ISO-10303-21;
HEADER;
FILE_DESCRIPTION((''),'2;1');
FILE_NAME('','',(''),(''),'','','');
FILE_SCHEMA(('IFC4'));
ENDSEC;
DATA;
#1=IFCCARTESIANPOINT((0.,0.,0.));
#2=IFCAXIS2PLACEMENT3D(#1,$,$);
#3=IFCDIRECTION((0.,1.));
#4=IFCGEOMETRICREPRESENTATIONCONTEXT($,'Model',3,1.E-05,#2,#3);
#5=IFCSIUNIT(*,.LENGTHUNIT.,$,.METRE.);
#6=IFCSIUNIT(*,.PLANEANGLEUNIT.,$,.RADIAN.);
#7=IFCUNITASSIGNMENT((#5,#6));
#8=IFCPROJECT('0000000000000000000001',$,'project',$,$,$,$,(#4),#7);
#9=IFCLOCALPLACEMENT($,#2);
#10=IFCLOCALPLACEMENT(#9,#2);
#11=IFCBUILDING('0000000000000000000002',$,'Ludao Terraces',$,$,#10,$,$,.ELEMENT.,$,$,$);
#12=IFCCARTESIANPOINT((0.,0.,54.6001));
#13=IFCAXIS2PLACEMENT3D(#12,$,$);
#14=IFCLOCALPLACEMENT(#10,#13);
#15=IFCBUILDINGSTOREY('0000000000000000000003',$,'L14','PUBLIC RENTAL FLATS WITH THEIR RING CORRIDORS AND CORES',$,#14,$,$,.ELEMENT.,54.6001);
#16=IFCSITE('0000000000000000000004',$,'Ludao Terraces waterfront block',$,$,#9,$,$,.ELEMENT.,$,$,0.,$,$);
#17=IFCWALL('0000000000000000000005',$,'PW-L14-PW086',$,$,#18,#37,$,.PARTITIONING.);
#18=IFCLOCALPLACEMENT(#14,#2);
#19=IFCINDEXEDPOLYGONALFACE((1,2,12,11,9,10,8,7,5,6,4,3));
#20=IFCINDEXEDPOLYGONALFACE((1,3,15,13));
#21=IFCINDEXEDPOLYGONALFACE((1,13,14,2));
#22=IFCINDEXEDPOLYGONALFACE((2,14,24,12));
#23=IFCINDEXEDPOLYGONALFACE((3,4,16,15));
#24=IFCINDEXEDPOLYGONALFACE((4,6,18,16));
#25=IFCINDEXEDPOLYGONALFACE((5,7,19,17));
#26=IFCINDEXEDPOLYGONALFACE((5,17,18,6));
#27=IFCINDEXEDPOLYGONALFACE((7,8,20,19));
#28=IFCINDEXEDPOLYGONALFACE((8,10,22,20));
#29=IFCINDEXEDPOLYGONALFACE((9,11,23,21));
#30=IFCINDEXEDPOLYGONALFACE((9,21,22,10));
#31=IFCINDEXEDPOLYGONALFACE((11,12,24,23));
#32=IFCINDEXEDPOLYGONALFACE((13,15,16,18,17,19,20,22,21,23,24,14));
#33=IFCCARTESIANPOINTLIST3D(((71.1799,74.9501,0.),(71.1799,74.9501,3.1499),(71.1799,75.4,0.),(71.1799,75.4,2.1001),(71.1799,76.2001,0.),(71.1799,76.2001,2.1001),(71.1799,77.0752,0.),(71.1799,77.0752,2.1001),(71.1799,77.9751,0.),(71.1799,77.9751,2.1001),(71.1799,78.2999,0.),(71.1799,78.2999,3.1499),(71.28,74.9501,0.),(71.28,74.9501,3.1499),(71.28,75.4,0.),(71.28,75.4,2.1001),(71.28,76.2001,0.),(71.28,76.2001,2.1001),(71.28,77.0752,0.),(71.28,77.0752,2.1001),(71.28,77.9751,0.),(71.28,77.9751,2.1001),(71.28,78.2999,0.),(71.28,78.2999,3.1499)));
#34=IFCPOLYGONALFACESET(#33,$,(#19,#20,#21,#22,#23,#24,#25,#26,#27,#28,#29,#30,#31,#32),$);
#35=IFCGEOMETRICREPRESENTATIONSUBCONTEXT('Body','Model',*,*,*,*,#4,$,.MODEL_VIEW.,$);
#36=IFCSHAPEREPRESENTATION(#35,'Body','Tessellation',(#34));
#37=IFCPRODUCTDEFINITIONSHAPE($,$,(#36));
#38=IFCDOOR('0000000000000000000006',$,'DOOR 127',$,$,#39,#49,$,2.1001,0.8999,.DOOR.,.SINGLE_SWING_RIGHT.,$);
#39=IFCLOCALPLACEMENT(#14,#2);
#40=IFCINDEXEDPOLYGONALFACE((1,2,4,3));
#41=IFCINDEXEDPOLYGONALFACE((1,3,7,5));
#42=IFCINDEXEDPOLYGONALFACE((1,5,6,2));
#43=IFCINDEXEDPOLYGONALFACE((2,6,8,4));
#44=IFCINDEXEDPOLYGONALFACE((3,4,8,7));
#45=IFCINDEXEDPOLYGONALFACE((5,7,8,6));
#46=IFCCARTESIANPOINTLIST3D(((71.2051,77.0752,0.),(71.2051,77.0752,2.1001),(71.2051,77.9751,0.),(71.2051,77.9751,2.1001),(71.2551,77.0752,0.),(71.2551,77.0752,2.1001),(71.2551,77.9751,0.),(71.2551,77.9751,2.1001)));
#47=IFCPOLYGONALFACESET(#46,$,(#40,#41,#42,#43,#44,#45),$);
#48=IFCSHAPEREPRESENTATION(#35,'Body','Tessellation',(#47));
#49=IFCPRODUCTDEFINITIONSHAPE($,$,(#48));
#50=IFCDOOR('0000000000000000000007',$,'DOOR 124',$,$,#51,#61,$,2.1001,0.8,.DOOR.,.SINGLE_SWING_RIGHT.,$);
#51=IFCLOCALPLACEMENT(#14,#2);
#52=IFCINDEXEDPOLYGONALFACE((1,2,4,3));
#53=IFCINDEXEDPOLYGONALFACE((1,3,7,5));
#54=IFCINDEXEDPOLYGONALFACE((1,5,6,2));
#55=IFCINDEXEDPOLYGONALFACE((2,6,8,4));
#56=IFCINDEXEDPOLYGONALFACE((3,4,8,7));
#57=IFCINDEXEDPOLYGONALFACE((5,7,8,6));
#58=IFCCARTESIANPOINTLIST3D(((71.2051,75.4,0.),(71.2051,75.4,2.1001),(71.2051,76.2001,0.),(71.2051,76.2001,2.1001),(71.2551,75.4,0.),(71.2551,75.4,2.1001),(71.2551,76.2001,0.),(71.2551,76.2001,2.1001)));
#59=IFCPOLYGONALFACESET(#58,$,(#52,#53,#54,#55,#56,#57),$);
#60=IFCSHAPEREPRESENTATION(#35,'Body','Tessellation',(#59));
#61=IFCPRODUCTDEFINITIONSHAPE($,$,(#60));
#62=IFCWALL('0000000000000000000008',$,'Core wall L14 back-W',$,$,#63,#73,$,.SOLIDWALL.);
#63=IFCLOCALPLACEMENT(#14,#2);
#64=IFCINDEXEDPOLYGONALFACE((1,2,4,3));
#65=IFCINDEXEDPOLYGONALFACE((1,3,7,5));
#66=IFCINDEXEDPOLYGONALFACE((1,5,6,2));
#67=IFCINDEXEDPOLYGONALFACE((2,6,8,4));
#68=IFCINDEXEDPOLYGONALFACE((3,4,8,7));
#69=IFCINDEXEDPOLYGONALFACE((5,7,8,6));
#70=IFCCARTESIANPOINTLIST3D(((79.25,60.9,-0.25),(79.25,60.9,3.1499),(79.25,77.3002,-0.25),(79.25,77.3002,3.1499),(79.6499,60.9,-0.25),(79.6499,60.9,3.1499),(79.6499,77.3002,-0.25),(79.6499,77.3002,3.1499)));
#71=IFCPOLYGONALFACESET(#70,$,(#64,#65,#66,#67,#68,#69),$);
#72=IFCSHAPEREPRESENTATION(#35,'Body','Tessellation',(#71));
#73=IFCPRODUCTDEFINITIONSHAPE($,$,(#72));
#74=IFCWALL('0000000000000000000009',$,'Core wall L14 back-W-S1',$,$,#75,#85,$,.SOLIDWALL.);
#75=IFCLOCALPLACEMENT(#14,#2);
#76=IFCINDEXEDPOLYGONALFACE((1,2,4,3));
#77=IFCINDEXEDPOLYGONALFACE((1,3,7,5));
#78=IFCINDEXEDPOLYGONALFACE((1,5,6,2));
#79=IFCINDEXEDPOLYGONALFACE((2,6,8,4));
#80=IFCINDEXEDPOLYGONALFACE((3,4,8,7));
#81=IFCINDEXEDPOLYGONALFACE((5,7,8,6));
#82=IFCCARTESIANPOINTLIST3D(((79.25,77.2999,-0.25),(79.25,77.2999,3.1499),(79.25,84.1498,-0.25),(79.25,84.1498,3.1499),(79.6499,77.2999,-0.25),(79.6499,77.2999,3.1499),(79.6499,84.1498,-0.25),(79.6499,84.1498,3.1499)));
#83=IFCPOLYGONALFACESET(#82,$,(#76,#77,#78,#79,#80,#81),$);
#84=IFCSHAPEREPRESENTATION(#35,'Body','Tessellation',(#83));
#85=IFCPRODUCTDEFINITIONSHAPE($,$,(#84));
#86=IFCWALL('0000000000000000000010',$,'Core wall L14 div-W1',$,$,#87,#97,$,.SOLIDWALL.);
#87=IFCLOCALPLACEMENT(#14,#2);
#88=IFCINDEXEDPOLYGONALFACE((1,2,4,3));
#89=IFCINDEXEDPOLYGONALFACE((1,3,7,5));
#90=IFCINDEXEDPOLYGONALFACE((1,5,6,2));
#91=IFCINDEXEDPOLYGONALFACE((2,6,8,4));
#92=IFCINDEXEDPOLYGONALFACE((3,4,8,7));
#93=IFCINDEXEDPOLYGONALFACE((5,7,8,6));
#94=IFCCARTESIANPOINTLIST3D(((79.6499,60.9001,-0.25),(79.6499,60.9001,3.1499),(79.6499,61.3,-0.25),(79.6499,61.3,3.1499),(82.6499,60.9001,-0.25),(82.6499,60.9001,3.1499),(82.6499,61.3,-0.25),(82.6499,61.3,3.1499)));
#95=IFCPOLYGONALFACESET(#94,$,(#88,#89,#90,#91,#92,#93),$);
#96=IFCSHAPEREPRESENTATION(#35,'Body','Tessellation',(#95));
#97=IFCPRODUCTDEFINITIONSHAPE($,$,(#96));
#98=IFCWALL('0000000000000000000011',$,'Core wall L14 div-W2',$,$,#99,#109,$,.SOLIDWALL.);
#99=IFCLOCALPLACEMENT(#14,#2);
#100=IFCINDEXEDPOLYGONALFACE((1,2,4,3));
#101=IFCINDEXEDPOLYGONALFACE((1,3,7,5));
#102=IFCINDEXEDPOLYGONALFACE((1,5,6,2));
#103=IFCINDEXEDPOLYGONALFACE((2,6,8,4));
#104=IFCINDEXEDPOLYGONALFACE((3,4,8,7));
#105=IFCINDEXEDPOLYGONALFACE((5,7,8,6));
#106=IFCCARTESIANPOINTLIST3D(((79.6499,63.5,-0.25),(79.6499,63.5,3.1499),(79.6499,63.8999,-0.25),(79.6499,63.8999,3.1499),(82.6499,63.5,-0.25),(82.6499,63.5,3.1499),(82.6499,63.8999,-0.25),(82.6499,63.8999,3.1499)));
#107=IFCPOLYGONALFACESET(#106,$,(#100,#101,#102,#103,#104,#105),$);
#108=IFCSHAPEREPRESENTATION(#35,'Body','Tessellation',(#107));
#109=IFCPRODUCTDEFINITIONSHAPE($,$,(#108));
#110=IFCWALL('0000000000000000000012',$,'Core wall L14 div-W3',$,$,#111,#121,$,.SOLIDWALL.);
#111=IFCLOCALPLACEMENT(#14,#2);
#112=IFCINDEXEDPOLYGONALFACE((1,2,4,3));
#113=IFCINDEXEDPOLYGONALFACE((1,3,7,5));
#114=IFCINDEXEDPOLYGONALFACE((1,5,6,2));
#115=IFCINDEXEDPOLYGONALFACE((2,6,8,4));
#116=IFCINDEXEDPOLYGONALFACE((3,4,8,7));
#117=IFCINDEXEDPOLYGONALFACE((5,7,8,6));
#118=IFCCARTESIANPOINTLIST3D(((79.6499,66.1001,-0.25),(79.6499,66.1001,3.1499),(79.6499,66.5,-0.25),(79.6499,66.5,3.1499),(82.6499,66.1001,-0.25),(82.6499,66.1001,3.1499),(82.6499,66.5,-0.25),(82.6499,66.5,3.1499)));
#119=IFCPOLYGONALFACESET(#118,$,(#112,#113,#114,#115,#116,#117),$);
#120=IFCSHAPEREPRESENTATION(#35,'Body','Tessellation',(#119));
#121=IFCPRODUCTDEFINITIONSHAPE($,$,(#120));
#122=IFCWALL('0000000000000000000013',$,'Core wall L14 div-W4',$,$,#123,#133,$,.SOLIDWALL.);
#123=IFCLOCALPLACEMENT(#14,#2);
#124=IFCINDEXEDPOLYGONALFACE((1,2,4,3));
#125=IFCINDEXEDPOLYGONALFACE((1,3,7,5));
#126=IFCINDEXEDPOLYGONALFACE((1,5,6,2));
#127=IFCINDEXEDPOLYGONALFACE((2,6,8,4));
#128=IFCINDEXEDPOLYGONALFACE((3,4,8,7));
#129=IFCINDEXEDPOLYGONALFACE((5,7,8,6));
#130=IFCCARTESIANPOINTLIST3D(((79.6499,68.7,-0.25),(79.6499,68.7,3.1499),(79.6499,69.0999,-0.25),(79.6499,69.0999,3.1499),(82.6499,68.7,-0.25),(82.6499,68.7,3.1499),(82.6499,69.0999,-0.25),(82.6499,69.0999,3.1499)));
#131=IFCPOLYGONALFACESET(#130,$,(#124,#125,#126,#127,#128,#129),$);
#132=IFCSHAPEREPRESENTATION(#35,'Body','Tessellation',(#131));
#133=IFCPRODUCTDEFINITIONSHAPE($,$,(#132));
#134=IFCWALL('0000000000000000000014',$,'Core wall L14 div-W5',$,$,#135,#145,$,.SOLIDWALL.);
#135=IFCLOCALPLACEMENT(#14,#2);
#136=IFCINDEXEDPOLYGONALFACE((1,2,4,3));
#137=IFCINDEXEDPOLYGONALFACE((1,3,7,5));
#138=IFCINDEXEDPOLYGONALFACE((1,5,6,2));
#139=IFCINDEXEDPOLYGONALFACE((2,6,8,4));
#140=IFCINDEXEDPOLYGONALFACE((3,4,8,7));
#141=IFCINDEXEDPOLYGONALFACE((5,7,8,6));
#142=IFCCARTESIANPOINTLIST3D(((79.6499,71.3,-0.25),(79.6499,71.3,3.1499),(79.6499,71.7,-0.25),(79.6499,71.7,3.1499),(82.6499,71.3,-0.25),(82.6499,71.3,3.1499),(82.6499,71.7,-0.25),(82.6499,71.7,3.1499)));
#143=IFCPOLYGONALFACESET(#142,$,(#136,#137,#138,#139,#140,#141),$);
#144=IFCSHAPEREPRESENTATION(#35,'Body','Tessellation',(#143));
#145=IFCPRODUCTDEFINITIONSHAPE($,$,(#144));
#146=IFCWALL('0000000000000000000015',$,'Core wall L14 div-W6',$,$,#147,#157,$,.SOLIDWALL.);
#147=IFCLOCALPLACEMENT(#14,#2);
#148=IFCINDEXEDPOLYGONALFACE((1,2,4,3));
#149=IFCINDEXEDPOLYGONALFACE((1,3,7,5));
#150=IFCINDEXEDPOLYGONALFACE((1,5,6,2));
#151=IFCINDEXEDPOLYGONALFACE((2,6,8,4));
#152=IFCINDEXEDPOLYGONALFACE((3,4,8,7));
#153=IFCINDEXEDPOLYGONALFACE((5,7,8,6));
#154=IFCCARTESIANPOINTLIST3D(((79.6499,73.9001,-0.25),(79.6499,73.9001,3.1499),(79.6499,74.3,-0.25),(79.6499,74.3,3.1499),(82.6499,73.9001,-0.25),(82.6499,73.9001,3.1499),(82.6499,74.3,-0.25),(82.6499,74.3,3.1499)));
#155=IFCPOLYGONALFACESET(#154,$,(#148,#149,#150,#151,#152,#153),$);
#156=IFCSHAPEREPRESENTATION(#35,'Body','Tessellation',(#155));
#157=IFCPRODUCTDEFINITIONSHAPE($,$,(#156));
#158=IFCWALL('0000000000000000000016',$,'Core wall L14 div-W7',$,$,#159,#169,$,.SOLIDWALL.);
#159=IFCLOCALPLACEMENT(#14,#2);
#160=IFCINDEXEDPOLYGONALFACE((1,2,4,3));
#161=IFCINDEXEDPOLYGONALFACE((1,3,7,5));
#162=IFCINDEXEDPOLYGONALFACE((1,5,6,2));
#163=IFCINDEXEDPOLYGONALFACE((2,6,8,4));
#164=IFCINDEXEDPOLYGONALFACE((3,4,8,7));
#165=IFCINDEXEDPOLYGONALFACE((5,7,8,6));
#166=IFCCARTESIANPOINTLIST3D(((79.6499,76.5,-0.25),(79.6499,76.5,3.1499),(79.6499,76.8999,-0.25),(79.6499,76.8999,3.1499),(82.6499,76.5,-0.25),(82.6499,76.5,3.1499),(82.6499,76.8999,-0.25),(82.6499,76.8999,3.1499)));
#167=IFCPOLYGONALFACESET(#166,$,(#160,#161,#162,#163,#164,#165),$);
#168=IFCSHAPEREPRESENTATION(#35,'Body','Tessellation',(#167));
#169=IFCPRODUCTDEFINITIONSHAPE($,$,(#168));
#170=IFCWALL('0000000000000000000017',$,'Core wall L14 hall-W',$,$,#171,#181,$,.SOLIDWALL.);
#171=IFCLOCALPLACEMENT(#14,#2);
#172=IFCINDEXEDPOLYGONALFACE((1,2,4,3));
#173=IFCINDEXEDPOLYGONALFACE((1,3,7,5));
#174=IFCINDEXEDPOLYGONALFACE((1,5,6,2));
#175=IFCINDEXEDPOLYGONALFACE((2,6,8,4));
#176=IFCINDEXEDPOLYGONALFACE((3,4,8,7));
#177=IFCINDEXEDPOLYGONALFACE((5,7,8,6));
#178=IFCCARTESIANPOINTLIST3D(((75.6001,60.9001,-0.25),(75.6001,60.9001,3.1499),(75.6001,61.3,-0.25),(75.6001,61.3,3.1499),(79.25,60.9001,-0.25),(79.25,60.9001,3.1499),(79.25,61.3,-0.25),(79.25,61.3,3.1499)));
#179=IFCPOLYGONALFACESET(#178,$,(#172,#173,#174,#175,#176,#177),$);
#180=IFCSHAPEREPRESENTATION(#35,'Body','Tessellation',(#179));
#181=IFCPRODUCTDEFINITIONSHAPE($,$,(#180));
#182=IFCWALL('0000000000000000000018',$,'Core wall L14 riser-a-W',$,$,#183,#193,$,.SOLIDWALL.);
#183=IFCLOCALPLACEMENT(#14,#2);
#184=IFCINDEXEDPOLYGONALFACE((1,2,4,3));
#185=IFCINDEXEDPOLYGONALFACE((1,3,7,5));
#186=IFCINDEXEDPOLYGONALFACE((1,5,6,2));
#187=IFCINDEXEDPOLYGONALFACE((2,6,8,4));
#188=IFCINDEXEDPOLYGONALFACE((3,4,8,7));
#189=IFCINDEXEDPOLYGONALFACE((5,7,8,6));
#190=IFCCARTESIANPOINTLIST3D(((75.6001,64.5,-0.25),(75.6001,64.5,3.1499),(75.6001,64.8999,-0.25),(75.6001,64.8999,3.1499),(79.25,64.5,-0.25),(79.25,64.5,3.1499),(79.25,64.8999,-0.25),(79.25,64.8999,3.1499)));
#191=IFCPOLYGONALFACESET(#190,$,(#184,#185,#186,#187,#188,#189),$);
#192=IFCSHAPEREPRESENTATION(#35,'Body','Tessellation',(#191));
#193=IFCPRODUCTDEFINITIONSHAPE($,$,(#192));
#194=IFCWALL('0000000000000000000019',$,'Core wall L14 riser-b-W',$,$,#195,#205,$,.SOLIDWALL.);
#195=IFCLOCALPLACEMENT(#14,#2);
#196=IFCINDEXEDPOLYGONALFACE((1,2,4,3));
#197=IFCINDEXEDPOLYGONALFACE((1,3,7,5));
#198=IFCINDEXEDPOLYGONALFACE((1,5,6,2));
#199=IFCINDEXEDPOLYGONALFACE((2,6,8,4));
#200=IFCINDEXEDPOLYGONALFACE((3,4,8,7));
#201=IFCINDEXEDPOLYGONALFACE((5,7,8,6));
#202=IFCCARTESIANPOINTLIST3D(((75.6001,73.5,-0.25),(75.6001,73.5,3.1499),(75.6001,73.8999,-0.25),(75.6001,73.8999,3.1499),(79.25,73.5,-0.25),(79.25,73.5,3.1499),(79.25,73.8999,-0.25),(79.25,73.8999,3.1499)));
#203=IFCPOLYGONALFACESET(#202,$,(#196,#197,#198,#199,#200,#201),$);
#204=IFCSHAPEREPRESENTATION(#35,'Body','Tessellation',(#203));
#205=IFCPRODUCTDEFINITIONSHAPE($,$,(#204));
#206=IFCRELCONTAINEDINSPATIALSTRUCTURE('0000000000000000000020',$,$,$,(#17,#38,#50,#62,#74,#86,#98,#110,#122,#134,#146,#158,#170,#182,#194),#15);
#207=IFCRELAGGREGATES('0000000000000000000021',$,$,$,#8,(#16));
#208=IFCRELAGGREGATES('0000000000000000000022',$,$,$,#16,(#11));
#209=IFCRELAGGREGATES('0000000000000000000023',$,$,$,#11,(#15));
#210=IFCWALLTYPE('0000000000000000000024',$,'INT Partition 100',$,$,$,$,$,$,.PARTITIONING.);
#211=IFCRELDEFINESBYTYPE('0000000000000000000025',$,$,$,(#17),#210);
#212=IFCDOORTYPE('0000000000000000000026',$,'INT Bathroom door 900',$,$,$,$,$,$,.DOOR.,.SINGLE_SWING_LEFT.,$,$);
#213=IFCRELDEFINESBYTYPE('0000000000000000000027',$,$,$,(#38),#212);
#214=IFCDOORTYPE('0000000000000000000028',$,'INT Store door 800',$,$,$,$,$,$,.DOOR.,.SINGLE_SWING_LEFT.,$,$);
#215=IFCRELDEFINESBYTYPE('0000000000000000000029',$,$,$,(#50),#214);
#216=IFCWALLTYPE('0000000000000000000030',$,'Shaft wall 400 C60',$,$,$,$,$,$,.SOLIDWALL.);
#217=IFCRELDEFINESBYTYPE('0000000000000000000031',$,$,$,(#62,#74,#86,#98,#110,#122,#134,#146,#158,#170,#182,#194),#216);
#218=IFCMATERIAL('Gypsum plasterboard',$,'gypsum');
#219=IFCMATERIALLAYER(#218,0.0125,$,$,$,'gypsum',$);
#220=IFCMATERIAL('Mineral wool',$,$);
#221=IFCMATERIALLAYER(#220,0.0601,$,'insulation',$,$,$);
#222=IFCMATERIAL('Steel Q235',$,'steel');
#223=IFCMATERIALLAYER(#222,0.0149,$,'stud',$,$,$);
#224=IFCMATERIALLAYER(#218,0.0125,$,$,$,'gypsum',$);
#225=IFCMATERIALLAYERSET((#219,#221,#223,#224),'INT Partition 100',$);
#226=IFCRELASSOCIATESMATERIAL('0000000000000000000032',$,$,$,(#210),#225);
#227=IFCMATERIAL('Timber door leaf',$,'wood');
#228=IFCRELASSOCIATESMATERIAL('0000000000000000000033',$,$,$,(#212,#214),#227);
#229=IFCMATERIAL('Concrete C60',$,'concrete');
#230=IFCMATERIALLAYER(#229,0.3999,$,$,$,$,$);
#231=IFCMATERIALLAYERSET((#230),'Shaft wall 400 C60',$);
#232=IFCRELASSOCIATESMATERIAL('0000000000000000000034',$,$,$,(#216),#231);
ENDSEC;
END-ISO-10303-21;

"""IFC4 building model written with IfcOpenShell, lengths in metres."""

from ifc_helpers import new_model, si_unit, direction, frame, frame_2d, origin, place, context, subcontext, project, spatial, rectangle, extrude, material, layer, layer_set, type_object, element, fill, save


model = new_model("IFC4")

# Units and contexts
model_context = context("Model", 3, precision=1e-05, world=origin(), true_north=direction((0.0, 1.0)))
body_context = subcontext(model_context, "Body", "Model", "MODEL_VIEW")
ifc_project = project(units=[si_unit("LENGTHUNIT", "METRE"), si_unit("PLANEANGLEUNIT", "RADIAN")], contexts=[model_context])

# Site, building, storey
site_placement = place(None, origin())
site = spatial("IfcSite", under=ifc_project, at=site_placement, Name="Ludao Terraces waterfront block", CompositionType="ELEMENT", RefElevation=0.0)
building_placement = place(site_placement, origin())
building = spatial("IfcBuilding", under=site, at=building_placement, Name="Ludao Terraces", CompositionType="ELEMENT")
storey_placement = place(building_placement, frame((0.0, 0.0, 54.6001)))
storey = spatial("IfcBuildingStorey", under=building, at=storey_placement, Name="L14", Description="PUBLIC RENTAL FLATS WITH THEIR RING CORRIDORS AND CORES", CompositionType="ELEMENT", Elevation=54.6001)

# Shared definitions
ifc_material_1 = material(Name="Concrete C60", Category="concrete")

# Shared definitions
ifc_material_2 = material(Name="Steel Q235", Category="steel")

# Shared definitions
ifc_material_3 = material(Name="Mineral wool")
ifc_material_4 = material(Name="Gypsum plasterboard", Category="gypsum")
ifc_layer_1 = layer(ifc_material_4, 0.0125, Category="gypsum")
ifc_layer_2 = layer(ifc_material_3, 0.0601, Name="insulation")
ifc_layer_3 = layer(ifc_material_2, 0.0149, Name="stud")
ifc_layer_4 = layer(ifc_material_4, 0.0125, Category="gypsum")
ifc_layer_set_1 = layer_set([ifc_layer_1, ifc_layer_2, ifc_layer_3, ifc_layer_4], Name="INT Partition 100")
wall_type_1 = type_object("IfcWallType", Name="INT Partition 100", PredefinedType="PARTITIONING", material=ifc_layer_set_1)

# Wall, openings, doors
wall_1_placement = place(storey_placement, frame((71.23, 74.9502, 0.0), z_axis=(0.0, 0.0, 1.0), x_axis=(0.0, 1.0, 0.0)))
wall_1 = element("IfcWall", 1, at=wall_1_placement, inside=storey, type_object=wall_type_1, Name="PW-L14-PW086", PredefinedType="PARTITIONING", context=body_context, shape_type="SweptSolid", body=[
    extrude(rectangle(XDim=3.3499, YDim=0.1001, at=frame_2d((1.6748, 0.0))), origin(), (0.0, 0.0, 1.0), 3.1499),
])
opening_1_placement = place(wall_1_placement, frame((0.45, 0.0, 0.0)))
opening_1 = element("IfcOpeningElement", 2, at=opening_1_placement, cuts=wall_1, PredefinedType="OPENING", context=body_context, shape_type="SweptSolid", body=[
    extrude(rectangle(XDim=0.8, YDim=2.1001, at=frame_2d((0.3999, 1.05))), frame((0.0, 0.0601, 0.0), z_axis=(0.0, -1.0, 0.0), x_axis=(1.0, 0.0, 0.0)), (0.0, 0.0, 1.0), 0.1201),
])
opening_2_placement = place(wall_1_placement, frame((2.125, 0.0, 0.0)))
opening_2 = element("IfcOpeningElement", 3, at=opening_2_placement, cuts=wall_1, PredefinedType="OPENING", context=body_context, shape_type="SweptSolid", body=[
    extrude(rectangle(XDim=0.8999, YDim=2.1001, at=frame_2d((0.45, 1.05))), frame((0.0, 0.0601, 0.0), z_axis=(0.0, -1.0, 0.0), x_axis=(1.0, 0.0, 0.0)), (0.0, 0.0, 1.0), 0.1201),
])
ifc_material_5 = material(Name="Timber door leaf", Category="wood")
door_type_1 = type_object("IfcDoorType", Name="INT Bathroom door 900", OperationType="SINGLE_SWING_LEFT", PredefinedType="DOOR", material=ifc_material_5)
door_1_placement = place(opening_2_placement, origin())
door_1 = element("IfcDoor", 4, at=door_1_placement, inside=storey, type_object=door_type_1, Name="DOOR 127", OperationType="SINGLE_SWING_RIGHT", OverallHeight=2.1001, OverallWidth=0.8999, PredefinedType="DOOR", context=body_context, shape_type="SweptSolid", body=[
    extrude(rectangle(XDim=0.8999, YDim=2.1001, at=frame_2d((0.45, 1.05))), frame((0.0, 0.0249, 0.0), z_axis=(0.0, -1.0, 0.0), x_axis=(1.0, 0.0, 0.0)), (0.0, 0.0, 1.0), 0.05),
])
fill(opening_2, door_1)
door_type_2 = type_object("IfcDoorType", Name="INT Store door 800", OperationType="SINGLE_SWING_LEFT", PredefinedType="DOOR", material=ifc_material_5)
door_2_placement = place(opening_1_placement, origin())
door_2 = element("IfcDoor", 5, at=door_2_placement, inside=storey, type_object=door_type_2, Name="DOOR 124", OperationType="SINGLE_SWING_RIGHT", OverallHeight=2.1001, OverallWidth=0.8, PredefinedType="DOOR", context=body_context, shape_type="SweptSolid", body=[
    extrude(rectangle(XDim=0.8, YDim=2.1001, at=frame_2d((0.3999, 1.05))), frame((0.0, 0.0249, 0.0), z_axis=(0.0, -1.0, 0.0), x_axis=(1.0, 0.0, 0.0)), (0.0, 0.0, 1.0), 0.05),
])
fill(opening_1, door_2)

# Walls
ifc_layer_5 = layer(ifc_material_1, 0.3999)
ifc_layer_set_2 = layer_set([ifc_layer_5], Name="Shaft wall 400 C60")
wall_type_2 = type_object("IfcWallType", Name="Shaft wall 400 C60", PredefinedType="SOLIDWALL", material=ifc_layer_set_2)
wall_2_placement = place(storey_placement, frame((79.45, 60.8999, -0.25), z_axis=(0.0, 0.0, 1.0), x_axis=(0.0, 1.0, 0.0)))
element("IfcWall", 6, at=wall_2_placement, inside=storey, type_object=wall_type_2, Name="Core wall L14 back-W", PredefinedType="SOLIDWALL", context=body_context, shape_type="SweptSolid", body=[
    extrude(rectangle(XDim=16.4001, YDim=0.3999, at=frame_2d((8.2002, 0.0))), origin(), (0.0, 0.0, 1.0), 3.3999),
])
wall_3_placement = place(storey_placement, frame((79.45, 77.3, -0.25), z_axis=(0.0, 0.0, 1.0), x_axis=(0.0, 1.0, 0.0)))
element("IfcWall", 7, at=wall_3_placement, inside=storey, type_object=wall_type_2, Name="Core wall L14 back-W-S1", PredefinedType="SOLIDWALL", context=body_context, shape_type="SweptSolid", body=[
    extrude(rectangle(XDim=6.8499, YDim=0.3999, at=frame_2d((3.4248, 0.0))), origin(), (0.0, 0.0, 1.0), 3.3999),
])
for number, where, z_axis, x_axis, name in (
    (8, (79.6499, 61.1001, -0.25), (0.0, 0.0, 1.0), (1.0, 0.0, 0.0), "Core wall L14 div-W1"),
    (9, (79.6499, 63.7, -0.25), (0.0, 0.0, 1.0), (1.0, 0.0, 0.0), "Core wall L14 div-W2"),
    (10, (79.6499, 66.3, -0.25), (0.0, 0.0, 1.0), (1.0, 0.0, 0.0), "Core wall L14 div-W3"),
    (11, (79.6499, 68.8999, -0.25), (0.0, 0.0, 1.0), (1.0, 0.0, 0.0), "Core wall L14 div-W4"),
    (12, (79.6499, 71.5, -0.25), (0.0, 0.0, 1.0), (1.0, 0.0, 0.0), "Core wall L14 div-W5"),
    (13, (79.6499, 74.1001, -0.25), (0.0, 0.0, 1.0), (1.0, 0.0, 0.0), "Core wall L14 div-W6"),
    (14, (79.6499, 76.7, -0.25), (0.0, 0.0, 1.0), (1.0, 0.0, 0.0), "Core wall L14 div-W7"),
):
    element("IfcWall", number, at=place(storey_placement, frame(where, z_axis=z_axis, x_axis=x_axis)), inside=storey, type_object=wall_type_2, Name=name, PredefinedType="SOLIDWALL", context=body_context, shape_type="SweptSolid", body=[
        extrude(rectangle(XDim=3.0, YDim=0.3999, at=frame_2d((1.5, 0.0))), origin(), (0.0, 0.0, 1.0), 3.3999),
    ])
for number, where, z_axis, x_axis, name in (
    (15, (75.6001, 61.1001, -0.25), (0.0, 0.0, 1.0), (1.0, 0.0, 0.0), "Core wall L14 hall-W"),
    (16, (75.6001, 64.7, -0.25), (0.0, 0.0, 1.0), (1.0, 0.0, 0.0), "Core wall L14 riser-a-W"),
    (17, (75.6001, 73.7, -0.25), (0.0, 0.0, 1.0), (1.0, 0.0, 0.0), "Core wall L14 riser-b-W"),
):
    element("IfcWall", number, at=place(storey_placement, frame(where, z_axis=z_axis, x_axis=x_axis)), inside=storey, type_object=wall_type_2, Name=name, PredefinedType="SOLIDWALL", context=body_context, shape_type="SweptSolid", body=[
        extrude(rectangle(XDim=3.6499, YDim=0.3999, at=frame_2d((1.825, 0.0))), origin(), (0.0, 0.0, 1.0), 3.3999),
    ])

save(model, "model.ifc")
